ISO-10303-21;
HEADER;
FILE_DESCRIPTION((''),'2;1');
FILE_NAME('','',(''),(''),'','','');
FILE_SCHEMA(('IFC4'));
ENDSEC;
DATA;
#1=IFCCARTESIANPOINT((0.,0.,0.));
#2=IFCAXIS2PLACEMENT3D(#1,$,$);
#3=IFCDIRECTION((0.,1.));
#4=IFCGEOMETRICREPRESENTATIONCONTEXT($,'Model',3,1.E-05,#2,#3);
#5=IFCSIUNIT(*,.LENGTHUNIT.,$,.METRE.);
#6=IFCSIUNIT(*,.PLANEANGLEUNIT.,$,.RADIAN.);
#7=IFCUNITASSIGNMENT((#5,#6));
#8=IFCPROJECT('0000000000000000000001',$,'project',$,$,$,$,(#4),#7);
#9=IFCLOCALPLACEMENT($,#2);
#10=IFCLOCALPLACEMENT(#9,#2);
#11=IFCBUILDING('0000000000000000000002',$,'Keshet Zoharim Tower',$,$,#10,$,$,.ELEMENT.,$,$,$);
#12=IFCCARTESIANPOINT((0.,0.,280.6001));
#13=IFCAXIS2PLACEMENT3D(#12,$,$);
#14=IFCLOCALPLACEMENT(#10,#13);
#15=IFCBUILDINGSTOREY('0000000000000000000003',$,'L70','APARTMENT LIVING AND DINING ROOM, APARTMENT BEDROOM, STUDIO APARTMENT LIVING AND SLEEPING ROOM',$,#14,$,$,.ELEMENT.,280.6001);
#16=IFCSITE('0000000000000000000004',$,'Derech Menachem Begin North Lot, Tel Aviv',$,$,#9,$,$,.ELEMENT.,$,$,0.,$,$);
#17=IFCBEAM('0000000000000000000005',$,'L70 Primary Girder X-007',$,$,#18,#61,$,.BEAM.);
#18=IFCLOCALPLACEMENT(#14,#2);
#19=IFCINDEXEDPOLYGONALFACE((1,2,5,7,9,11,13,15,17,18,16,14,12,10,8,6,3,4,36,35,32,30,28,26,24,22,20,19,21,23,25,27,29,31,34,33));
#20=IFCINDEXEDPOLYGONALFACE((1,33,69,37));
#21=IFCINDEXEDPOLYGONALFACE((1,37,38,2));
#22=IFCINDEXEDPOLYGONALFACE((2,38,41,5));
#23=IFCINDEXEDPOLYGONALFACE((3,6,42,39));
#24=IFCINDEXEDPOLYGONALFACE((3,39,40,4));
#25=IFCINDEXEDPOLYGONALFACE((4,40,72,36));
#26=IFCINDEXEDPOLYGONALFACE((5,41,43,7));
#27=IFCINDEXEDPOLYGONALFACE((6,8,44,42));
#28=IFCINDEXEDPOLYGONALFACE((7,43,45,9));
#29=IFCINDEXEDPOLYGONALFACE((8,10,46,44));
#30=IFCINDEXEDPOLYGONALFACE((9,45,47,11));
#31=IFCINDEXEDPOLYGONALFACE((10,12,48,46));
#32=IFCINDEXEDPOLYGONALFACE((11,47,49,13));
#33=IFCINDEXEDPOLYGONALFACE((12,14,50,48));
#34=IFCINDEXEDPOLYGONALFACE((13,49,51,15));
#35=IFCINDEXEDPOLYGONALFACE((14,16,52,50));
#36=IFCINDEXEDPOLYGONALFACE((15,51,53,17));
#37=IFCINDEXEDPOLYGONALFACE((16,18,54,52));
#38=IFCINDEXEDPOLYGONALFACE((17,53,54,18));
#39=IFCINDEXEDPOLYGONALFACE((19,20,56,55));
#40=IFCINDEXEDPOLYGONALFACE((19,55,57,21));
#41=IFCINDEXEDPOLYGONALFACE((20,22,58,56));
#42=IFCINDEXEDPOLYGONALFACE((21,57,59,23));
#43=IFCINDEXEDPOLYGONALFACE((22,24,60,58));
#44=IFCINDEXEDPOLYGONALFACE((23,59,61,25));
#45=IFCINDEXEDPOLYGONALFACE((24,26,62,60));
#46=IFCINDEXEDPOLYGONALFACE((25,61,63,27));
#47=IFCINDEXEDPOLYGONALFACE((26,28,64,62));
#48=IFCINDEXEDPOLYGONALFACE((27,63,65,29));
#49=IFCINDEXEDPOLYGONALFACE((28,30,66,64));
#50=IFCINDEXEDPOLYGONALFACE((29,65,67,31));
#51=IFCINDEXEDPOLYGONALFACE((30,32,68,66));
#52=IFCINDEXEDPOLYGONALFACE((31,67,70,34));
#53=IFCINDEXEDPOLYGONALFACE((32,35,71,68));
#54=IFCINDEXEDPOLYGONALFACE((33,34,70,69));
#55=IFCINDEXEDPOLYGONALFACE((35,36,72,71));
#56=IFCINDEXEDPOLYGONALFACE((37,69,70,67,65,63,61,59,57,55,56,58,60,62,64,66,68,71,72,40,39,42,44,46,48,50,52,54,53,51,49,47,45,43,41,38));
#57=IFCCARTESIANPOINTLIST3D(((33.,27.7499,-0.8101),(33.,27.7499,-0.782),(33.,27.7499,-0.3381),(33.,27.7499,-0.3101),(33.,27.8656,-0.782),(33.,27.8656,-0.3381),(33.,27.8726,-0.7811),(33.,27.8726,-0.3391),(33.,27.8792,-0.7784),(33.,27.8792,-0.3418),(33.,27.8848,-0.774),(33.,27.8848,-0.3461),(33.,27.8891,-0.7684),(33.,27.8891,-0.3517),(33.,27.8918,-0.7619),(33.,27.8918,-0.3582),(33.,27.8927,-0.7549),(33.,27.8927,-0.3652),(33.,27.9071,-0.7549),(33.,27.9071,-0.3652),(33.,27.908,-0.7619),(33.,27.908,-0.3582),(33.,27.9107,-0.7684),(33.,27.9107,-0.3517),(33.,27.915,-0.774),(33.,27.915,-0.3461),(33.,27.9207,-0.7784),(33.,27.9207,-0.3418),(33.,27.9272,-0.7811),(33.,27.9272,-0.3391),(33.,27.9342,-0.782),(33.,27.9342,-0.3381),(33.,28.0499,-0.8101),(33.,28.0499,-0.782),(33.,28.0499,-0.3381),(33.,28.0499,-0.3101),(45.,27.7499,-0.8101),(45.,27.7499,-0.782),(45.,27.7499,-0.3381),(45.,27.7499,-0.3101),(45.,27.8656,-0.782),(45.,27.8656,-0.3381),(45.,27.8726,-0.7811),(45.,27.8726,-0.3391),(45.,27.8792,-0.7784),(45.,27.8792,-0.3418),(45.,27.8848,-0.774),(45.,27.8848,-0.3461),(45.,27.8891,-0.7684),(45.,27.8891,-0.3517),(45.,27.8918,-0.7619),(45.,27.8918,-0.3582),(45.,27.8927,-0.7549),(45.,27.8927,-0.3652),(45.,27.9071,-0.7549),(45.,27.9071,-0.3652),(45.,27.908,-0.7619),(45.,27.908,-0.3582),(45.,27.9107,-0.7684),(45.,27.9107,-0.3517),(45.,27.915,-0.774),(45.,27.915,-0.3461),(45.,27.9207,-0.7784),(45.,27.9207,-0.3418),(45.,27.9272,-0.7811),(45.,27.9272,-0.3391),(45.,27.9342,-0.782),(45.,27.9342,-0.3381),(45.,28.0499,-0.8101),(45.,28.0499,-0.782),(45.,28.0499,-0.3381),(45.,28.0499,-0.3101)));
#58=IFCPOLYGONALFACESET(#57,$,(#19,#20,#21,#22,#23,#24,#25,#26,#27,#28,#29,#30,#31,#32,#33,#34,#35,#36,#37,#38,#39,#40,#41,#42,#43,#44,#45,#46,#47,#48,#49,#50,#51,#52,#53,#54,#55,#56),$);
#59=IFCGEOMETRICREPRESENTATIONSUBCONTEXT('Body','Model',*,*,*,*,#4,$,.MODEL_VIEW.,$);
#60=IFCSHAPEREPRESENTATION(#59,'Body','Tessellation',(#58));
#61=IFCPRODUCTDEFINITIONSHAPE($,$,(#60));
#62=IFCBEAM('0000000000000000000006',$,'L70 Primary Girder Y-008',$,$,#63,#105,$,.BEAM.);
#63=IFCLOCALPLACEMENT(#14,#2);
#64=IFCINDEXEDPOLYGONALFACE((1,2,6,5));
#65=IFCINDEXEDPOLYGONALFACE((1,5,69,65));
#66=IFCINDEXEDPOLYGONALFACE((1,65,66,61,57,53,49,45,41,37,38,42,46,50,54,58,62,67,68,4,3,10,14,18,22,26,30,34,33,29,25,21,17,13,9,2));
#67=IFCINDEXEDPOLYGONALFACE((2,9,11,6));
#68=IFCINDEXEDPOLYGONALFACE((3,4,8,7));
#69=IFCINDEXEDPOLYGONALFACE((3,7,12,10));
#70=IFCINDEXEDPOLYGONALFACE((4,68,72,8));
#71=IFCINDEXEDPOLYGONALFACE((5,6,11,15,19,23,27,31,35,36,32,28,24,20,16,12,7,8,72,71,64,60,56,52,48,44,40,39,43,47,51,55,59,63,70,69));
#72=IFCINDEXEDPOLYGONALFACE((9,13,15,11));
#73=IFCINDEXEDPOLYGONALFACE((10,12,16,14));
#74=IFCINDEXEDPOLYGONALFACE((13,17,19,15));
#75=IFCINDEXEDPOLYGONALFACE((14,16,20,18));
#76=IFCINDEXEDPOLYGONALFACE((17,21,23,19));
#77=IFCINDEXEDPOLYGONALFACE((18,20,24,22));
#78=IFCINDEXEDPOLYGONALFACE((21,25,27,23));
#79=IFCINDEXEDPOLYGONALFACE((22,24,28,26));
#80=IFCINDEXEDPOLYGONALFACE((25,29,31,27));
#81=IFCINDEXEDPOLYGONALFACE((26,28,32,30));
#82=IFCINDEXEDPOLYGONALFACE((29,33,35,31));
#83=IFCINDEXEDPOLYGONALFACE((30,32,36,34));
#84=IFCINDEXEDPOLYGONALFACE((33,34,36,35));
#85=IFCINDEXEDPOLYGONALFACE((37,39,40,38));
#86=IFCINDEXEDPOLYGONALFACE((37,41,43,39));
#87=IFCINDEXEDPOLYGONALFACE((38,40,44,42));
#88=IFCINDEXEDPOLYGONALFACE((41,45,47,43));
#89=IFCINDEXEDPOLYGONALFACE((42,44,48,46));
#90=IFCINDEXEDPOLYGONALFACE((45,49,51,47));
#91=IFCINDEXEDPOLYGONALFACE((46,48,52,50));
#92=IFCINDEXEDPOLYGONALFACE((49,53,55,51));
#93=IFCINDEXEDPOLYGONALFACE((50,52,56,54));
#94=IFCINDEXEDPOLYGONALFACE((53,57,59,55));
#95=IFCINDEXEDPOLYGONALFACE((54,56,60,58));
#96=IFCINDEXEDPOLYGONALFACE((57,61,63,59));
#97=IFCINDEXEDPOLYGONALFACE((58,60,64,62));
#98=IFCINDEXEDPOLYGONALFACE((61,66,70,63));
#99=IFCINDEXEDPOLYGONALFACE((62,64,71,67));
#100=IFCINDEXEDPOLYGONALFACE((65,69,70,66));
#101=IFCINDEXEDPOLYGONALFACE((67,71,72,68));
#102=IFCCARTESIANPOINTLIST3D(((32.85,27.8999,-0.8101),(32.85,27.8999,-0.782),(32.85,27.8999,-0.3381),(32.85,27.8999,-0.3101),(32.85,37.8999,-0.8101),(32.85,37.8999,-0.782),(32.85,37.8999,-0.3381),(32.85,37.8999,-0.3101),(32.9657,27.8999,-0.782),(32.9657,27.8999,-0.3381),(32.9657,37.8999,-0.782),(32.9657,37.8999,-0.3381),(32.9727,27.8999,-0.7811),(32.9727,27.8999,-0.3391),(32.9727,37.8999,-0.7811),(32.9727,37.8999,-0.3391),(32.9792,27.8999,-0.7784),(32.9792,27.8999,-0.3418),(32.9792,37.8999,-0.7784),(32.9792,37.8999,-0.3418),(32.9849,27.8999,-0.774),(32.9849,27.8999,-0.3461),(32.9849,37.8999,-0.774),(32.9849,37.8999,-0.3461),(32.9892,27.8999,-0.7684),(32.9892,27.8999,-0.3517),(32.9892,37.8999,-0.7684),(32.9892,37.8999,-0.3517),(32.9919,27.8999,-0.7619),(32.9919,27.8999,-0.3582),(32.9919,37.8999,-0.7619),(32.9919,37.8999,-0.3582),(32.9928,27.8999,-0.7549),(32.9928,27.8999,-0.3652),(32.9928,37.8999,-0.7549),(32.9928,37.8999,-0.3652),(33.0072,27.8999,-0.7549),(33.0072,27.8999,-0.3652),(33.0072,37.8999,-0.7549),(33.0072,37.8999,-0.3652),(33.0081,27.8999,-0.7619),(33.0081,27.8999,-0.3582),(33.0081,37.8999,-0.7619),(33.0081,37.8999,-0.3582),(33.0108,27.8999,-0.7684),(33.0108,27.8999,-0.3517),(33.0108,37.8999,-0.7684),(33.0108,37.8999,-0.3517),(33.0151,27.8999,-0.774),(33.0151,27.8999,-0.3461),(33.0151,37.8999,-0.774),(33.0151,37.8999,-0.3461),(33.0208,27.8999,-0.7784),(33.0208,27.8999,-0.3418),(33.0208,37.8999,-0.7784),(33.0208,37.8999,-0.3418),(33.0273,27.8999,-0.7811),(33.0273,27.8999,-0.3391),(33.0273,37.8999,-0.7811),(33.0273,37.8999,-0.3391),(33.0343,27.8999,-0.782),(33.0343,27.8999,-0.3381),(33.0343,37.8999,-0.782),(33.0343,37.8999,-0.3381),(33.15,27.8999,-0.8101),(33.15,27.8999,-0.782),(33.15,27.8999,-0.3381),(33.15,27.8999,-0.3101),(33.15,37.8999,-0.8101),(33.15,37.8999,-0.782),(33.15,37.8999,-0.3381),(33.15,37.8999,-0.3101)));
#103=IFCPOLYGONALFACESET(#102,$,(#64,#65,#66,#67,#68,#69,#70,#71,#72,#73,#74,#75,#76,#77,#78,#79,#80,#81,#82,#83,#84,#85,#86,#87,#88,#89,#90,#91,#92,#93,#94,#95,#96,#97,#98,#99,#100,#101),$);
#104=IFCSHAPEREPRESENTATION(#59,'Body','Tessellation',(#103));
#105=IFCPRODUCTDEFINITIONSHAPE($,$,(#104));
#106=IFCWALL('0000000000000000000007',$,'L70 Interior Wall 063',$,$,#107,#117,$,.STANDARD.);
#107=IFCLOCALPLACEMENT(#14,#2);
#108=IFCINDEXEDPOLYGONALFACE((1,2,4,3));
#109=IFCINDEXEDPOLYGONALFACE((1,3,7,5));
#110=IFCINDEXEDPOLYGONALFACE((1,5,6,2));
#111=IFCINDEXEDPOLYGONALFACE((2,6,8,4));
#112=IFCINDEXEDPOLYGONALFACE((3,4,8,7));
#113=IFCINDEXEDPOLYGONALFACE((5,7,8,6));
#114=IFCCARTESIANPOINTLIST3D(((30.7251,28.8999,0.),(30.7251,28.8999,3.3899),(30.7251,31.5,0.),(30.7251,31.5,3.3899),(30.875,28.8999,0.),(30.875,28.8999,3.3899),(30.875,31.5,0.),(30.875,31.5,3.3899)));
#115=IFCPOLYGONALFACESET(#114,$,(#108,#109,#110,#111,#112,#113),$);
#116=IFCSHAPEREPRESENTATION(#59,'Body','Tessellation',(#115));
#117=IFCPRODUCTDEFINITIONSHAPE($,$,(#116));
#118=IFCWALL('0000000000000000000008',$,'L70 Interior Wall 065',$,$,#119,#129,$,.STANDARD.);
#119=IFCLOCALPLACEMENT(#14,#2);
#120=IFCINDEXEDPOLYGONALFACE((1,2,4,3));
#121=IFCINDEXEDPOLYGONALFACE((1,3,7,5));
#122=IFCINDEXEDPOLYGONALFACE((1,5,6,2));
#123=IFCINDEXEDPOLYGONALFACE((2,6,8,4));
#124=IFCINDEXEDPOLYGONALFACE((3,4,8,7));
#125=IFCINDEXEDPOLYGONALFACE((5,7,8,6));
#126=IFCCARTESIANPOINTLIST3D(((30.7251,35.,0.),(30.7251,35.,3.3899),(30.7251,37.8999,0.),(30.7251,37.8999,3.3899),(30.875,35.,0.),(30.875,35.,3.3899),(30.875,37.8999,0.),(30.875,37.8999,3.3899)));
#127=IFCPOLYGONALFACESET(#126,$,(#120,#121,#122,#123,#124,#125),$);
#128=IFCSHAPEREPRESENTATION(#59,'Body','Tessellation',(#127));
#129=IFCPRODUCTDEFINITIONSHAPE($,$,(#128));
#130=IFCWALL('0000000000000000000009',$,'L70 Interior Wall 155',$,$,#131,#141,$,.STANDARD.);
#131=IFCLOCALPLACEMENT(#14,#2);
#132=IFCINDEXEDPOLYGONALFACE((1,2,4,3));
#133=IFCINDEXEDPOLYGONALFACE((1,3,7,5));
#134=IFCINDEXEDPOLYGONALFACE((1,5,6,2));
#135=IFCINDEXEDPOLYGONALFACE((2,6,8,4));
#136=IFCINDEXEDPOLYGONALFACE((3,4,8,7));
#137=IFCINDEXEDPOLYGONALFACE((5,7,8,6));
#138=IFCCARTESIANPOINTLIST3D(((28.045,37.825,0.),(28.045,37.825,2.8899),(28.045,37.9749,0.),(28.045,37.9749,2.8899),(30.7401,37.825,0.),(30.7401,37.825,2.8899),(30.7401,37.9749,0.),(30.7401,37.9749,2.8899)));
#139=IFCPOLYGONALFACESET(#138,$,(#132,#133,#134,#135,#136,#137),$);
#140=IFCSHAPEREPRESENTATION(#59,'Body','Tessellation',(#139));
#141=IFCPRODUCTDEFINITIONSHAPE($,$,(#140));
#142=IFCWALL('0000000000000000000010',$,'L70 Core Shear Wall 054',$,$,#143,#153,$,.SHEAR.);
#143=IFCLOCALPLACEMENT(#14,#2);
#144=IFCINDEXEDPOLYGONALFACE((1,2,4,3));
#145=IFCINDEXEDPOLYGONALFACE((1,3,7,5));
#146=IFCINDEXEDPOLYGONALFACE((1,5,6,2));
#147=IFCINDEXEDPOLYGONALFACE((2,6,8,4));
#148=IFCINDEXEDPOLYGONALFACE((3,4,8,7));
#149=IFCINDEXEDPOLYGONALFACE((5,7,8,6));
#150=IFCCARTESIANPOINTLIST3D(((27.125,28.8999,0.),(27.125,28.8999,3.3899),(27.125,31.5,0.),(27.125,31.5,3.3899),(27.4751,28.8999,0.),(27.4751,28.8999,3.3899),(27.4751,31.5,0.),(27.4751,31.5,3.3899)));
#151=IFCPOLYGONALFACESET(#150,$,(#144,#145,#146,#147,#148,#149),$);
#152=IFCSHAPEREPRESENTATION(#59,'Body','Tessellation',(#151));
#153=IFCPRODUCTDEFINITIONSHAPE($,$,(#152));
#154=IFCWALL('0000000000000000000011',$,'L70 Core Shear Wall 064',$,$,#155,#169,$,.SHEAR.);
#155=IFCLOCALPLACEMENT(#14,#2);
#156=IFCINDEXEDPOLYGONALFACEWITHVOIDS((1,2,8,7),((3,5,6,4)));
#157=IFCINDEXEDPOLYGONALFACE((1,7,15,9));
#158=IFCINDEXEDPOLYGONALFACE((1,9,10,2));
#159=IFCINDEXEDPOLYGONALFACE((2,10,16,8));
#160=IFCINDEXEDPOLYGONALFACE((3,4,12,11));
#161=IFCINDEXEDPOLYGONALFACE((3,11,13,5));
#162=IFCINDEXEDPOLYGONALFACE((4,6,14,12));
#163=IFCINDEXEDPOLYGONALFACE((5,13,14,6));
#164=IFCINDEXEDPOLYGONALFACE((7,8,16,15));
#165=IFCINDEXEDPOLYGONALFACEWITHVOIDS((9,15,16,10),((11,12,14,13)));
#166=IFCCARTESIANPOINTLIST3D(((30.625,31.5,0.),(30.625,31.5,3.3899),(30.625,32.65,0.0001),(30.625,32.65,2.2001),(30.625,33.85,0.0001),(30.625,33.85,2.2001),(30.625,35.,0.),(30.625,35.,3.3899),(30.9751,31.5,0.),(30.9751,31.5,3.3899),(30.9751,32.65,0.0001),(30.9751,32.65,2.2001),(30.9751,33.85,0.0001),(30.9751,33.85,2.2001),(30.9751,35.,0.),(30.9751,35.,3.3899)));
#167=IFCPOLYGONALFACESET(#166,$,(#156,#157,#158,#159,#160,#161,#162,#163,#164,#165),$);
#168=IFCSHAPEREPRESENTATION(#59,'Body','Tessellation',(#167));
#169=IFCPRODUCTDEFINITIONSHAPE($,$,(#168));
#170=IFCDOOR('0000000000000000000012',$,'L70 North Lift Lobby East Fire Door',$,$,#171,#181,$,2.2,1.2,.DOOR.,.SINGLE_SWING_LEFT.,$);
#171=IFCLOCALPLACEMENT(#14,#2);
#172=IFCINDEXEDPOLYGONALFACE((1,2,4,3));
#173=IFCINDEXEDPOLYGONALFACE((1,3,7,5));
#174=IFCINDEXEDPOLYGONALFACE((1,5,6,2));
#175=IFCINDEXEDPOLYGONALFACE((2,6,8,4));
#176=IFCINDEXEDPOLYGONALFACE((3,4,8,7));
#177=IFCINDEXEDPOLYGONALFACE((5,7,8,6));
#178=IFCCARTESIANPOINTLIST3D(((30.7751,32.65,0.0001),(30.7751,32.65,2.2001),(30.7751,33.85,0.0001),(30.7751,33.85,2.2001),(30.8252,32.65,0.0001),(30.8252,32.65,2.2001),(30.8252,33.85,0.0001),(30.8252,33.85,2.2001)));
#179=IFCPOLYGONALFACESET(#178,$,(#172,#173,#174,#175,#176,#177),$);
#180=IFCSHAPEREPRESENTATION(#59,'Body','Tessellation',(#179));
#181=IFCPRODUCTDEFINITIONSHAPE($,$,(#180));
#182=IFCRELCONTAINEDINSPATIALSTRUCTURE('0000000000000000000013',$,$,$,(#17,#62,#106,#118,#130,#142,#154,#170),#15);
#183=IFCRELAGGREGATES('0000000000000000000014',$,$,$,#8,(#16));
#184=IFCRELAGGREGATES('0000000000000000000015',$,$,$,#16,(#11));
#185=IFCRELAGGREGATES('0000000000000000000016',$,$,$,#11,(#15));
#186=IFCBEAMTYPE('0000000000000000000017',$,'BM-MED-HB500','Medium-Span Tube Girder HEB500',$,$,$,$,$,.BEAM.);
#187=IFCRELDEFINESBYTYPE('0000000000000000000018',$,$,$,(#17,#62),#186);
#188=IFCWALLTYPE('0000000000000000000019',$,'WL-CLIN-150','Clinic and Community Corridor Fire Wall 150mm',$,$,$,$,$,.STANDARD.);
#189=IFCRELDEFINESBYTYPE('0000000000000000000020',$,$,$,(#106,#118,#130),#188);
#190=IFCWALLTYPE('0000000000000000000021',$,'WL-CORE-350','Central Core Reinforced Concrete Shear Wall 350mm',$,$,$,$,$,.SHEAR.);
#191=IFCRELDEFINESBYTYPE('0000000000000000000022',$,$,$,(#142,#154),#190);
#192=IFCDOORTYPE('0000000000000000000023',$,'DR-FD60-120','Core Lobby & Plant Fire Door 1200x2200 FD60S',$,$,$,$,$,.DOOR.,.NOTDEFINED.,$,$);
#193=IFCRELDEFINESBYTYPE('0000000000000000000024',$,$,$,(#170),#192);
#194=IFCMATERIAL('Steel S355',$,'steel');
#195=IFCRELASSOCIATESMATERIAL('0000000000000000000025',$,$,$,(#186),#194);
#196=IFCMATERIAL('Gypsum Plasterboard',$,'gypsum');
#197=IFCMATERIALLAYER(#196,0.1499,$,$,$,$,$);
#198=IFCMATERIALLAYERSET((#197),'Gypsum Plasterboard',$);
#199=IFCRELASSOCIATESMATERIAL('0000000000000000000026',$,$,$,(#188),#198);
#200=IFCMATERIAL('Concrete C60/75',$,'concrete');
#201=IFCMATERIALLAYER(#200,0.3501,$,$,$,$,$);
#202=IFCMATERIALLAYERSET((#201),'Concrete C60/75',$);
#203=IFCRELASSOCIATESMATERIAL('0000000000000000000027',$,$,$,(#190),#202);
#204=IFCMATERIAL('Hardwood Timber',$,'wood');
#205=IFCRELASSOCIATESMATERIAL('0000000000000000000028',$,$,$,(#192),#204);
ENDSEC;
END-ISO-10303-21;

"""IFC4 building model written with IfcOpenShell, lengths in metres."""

from ifc_helpers import new_model, si_unit, direction, frame, frame_2d, origin, origin_2d, place, context, subcontext, project, spatial, rectangle, i_section, extrude, material, layer, layer_set, material_profile, profile_set, type_object, element, fill, save


model = new_model("IFC4")

# Units and contexts
model_context = context("Model", 3, precision=1e-05, world=origin(), true_north=direction((0.0, 1.0)))
body_context = subcontext(model_context, "Body", "Model", "MODEL_VIEW")
ifc_project = project(units=[si_unit("LENGTHUNIT", "METRE"), si_unit("PLANEANGLEUNIT", "RADIAN")], contexts=[model_context])

# Site, building, storey
site_placement = place(None, origin())
site = spatial("IfcSite", under=ifc_project, at=site_placement, Name="Derech Menachem Begin North Lot, Tel Aviv", CompositionType="ELEMENT", RefElevation=0.0)
building_placement = place(site_placement, origin())
building = spatial("IfcBuilding", under=site, at=building_placement, Name="Keshet Zoharim Tower", CompositionType="ELEMENT")
storey_placement = place(building_placement, frame((0.0, 0.0, 280.6001)))
storey = spatial("IfcBuildingStorey", under=building, at=storey_placement, Name="L70", Description="APARTMENT LIVING AND DINING ROOM, APARTMENT BEDROOM, STUDIO APARTMENT LIVING AND SLEEPING ROOM", CompositionType="ELEMENT", Elevation=280.6001)

# Beams
ifc_material_1 = material(Name="Steel S355", Category="steel")
ifc_material_profile_1 = material_profile(ifc_material_1, i_section(OverallWidth=0.3, OverallDepth=0.5, WebThickness=0.0144, FlangeThickness=0.0281, FilletRadius=0.0271, at=origin_2d()), Name="HEB500")
ifc_profile_set_1 = profile_set([ifc_material_profile_1], Name="Steel S355")
beam_type_1 = type_object("IfcBeamType", Name="BM-MED-HB500", Description="Medium-Span Tube Girder HEB500", PredefinedType="BEAM", material=ifc_profile_set_1)
beam_1_placement = place(storey_placement, frame((33.0, 27.8999, -0.5601), z_axis=(1.0, 0.0, 0.0), x_axis=(0.0, 1.0, 0.0)))
element("IfcBeam", 1, at=beam_1_placement, inside=storey, type_object=beam_type_1, Name="L70 Primary Girder X-007", PredefinedType="BEAM", context=body_context, shape_type="SweptSolid", body=[
    extrude(i_section(OverallWidth=0.3, OverallDepth=0.5, WebThickness=0.0144, FlangeThickness=0.0281, FilletRadius=0.0271, at=origin_2d()), origin(), (0.0, 0.0, 1.0), 12.0),
])
beam_2_placement = place(storey_placement, frame((33.0, 27.8999, -0.5601), z_axis=(0.0, 1.0, 0.0), x_axis=(-1.0, 0.0, 0.0)))
element("IfcBeam", 2, at=beam_2_placement, inside=storey, type_object=beam_type_1, Name="L70 Primary Girder Y-008", PredefinedType="BEAM", context=body_context, shape_type="SweptSolid", body=[
    extrude(i_section(OverallWidth=0.3, OverallDepth=0.5, WebThickness=0.0144, FlangeThickness=0.0281, FilletRadius=0.0271, at=origin_2d()), origin(), (0.0, 0.0, 1.0), 10.0),
])

# Walls
ifc_material_2 = material(Name="Gypsum Plasterboard", Category="gypsum")
ifc_layer_1 = layer(ifc_material_2, 0.1499)
ifc_layer_set_1 = layer_set([ifc_layer_1], Name="Gypsum Plasterboard")
wall_type_1 = type_object("IfcWallType", Name="WL-CLIN-150", Description="Clinic and Community Corridor Fire Wall 150mm", PredefinedType="STANDARD", material=ifc_layer_set_1)
wall_1_placement = place(storey_placement, frame((30.8, 28.8999, 0.0), z_axis=(0.0, 0.0, 1.0), x_axis=(0.0, 1.0, 0.0)))
element("IfcWall", 3, at=wall_1_placement, inside=storey, type_object=wall_type_1, Name="L70 Interior Wall 063", PredefinedType="STANDARD", context=body_context, shape_type="SweptSolid", body=[
    extrude(rectangle(XDim=2.6001, YDim=0.1499, at=frame_2d((1.3, 0.0))), origin(), (0.0, 0.0, 1.0), 3.3899),
])
wall_2_placement = place(storey_placement, frame((30.8, 35.0, 0.0), z_axis=(0.0, 0.0, 1.0), x_axis=(0.0, 1.0, 0.0)))
element("IfcWall", 4, at=wall_2_placement, inside=storey, type_object=wall_type_1, Name="L70 Interior Wall 065", PredefinedType="STANDARD", context=body_context, shape_type="SweptSolid", body=[
    extrude(rectangle(XDim=2.8999, YDim=0.1499, at=frame_2d((1.45, 0.0))), origin(), (0.0, 0.0, 1.0), 3.3899),
])
wall_3_placement = place(storey_placement, frame((28.0449, 37.8999, 0.0), z_axis=(0.0, 0.0, 1.0), x_axis=(1.0, 0.0, 0.0)))
element("IfcWall", 5, at=wall_3_placement, inside=storey, type_object=wall_type_1, Name="L70 Interior Wall 155", PredefinedType="STANDARD", context=body_context, shape_type="SweptSolid", body=[
    extrude(rectangle(XDim=2.6951, YDim=0.1499, at=frame_2d((1.3477, 0.0))), origin(), (0.0, 0.0, 1.0), 2.8899),
])
ifc_material_3 = material(Name="Concrete C60/75", Category="concrete")
ifc_layer_2 = layer(ifc_material_3, 0.3501)
ifc_layer_set_2 = layer_set([ifc_layer_2], Name="Concrete C60/75")
wall_type_2 = type_object("IfcWallType", Name="WL-CORE-350", Description="Central Core Reinforced Concrete Shear Wall 350mm", PredefinedType="SHEAR", material=ifc_layer_set_2)
wall_4_placement = place(storey_placement, frame((27.3, 28.8999, 0.0), z_axis=(0.0, 0.0, 1.0), x_axis=(0.0, 1.0, 0.0)))
element("IfcWall", 6, at=wall_4_placement, inside=storey, type_object=wall_type_2, Name="L70 Core Shear Wall 054", PredefinedType="SHEAR", context=body_context, shape_type="SweptSolid", body=[
    extrude(rectangle(XDim=2.6001, YDim=0.3501, at=frame_2d((1.3, 0.0))), origin(), (0.0, 0.0, 1.0), 3.3899),
])

# Wall, opening, door
wall_5_placement = place(storey_placement, frame((30.8, 31.5, 0.0), z_axis=(0.0, 0.0, 1.0), x_axis=(0.0, 1.0, 0.0)))
wall_5 = element("IfcWall", 7, at=wall_5_placement, inside=storey, type_object=wall_type_2, Name="L70 Core Shear Wall 064", PredefinedType="SHEAR", context=body_context, shape_type="SweptSolid", body=[
    extrude(rectangle(XDim=3.5, YDim=0.3501, at=frame_2d((1.75, 0.0))), origin(), (0.0, 0.0, 1.0), 3.3899),
])
opening_1_placement = place(wall_5_placement, frame((1.1499, 0.0, 0.0)))
opening_1 = element("IfcOpeningElement", 8, at=opening_1_placement, cuts=wall_5, PredefinedType="OPENING", context=body_context, shape_type="SweptSolid", body=[
    extrude(rectangle(XDim=1.2, YDim=2.2, at=frame_2d((0.6001, 1.1001))), frame((0.0, 0.1851, 0.0), z_axis=(0.0, -1.0, 0.0), x_axis=(1.0, 0.0, 0.0)), (0.0, 0.0, 1.0), 0.3701),
])
ifc_material_4 = material(Name="Hardwood Timber", Category="wood")
door_type_1 = type_object("IfcDoorType", Name="DR-FD60-120", Description="Core Lobby & Plant Fire Door 1200x2200 FD60S", OperationType="NOTDEFINED", PredefinedType="DOOR", material=ifc_material_4)
door_1_placement = place(opening_1_placement, origin())
door_1 = element("IfcDoor", 9, at=door_1_placement, inside=storey, type_object=door_type_1, Name="L70 North Lift Lobby East Fire Door", OperationType="SINGLE_SWING_LEFT", OverallHeight=2.2, OverallWidth=1.2, PredefinedType="DOOR", context=body_context, shape_type="SweptSolid", body=[
    extrude(rectangle(XDim=1.2, YDim=2.2, at=frame_2d((0.6001, 1.1001))), frame((0.0, 0.0249, 0.0), z_axis=(0.0, -1.0, 0.0), x_axis=(1.0, 0.0, 0.0)), (0.0, 0.0, 1.0), 0.05),
])
fill(opening_1, door_1)

save(model, "model.ifc")
